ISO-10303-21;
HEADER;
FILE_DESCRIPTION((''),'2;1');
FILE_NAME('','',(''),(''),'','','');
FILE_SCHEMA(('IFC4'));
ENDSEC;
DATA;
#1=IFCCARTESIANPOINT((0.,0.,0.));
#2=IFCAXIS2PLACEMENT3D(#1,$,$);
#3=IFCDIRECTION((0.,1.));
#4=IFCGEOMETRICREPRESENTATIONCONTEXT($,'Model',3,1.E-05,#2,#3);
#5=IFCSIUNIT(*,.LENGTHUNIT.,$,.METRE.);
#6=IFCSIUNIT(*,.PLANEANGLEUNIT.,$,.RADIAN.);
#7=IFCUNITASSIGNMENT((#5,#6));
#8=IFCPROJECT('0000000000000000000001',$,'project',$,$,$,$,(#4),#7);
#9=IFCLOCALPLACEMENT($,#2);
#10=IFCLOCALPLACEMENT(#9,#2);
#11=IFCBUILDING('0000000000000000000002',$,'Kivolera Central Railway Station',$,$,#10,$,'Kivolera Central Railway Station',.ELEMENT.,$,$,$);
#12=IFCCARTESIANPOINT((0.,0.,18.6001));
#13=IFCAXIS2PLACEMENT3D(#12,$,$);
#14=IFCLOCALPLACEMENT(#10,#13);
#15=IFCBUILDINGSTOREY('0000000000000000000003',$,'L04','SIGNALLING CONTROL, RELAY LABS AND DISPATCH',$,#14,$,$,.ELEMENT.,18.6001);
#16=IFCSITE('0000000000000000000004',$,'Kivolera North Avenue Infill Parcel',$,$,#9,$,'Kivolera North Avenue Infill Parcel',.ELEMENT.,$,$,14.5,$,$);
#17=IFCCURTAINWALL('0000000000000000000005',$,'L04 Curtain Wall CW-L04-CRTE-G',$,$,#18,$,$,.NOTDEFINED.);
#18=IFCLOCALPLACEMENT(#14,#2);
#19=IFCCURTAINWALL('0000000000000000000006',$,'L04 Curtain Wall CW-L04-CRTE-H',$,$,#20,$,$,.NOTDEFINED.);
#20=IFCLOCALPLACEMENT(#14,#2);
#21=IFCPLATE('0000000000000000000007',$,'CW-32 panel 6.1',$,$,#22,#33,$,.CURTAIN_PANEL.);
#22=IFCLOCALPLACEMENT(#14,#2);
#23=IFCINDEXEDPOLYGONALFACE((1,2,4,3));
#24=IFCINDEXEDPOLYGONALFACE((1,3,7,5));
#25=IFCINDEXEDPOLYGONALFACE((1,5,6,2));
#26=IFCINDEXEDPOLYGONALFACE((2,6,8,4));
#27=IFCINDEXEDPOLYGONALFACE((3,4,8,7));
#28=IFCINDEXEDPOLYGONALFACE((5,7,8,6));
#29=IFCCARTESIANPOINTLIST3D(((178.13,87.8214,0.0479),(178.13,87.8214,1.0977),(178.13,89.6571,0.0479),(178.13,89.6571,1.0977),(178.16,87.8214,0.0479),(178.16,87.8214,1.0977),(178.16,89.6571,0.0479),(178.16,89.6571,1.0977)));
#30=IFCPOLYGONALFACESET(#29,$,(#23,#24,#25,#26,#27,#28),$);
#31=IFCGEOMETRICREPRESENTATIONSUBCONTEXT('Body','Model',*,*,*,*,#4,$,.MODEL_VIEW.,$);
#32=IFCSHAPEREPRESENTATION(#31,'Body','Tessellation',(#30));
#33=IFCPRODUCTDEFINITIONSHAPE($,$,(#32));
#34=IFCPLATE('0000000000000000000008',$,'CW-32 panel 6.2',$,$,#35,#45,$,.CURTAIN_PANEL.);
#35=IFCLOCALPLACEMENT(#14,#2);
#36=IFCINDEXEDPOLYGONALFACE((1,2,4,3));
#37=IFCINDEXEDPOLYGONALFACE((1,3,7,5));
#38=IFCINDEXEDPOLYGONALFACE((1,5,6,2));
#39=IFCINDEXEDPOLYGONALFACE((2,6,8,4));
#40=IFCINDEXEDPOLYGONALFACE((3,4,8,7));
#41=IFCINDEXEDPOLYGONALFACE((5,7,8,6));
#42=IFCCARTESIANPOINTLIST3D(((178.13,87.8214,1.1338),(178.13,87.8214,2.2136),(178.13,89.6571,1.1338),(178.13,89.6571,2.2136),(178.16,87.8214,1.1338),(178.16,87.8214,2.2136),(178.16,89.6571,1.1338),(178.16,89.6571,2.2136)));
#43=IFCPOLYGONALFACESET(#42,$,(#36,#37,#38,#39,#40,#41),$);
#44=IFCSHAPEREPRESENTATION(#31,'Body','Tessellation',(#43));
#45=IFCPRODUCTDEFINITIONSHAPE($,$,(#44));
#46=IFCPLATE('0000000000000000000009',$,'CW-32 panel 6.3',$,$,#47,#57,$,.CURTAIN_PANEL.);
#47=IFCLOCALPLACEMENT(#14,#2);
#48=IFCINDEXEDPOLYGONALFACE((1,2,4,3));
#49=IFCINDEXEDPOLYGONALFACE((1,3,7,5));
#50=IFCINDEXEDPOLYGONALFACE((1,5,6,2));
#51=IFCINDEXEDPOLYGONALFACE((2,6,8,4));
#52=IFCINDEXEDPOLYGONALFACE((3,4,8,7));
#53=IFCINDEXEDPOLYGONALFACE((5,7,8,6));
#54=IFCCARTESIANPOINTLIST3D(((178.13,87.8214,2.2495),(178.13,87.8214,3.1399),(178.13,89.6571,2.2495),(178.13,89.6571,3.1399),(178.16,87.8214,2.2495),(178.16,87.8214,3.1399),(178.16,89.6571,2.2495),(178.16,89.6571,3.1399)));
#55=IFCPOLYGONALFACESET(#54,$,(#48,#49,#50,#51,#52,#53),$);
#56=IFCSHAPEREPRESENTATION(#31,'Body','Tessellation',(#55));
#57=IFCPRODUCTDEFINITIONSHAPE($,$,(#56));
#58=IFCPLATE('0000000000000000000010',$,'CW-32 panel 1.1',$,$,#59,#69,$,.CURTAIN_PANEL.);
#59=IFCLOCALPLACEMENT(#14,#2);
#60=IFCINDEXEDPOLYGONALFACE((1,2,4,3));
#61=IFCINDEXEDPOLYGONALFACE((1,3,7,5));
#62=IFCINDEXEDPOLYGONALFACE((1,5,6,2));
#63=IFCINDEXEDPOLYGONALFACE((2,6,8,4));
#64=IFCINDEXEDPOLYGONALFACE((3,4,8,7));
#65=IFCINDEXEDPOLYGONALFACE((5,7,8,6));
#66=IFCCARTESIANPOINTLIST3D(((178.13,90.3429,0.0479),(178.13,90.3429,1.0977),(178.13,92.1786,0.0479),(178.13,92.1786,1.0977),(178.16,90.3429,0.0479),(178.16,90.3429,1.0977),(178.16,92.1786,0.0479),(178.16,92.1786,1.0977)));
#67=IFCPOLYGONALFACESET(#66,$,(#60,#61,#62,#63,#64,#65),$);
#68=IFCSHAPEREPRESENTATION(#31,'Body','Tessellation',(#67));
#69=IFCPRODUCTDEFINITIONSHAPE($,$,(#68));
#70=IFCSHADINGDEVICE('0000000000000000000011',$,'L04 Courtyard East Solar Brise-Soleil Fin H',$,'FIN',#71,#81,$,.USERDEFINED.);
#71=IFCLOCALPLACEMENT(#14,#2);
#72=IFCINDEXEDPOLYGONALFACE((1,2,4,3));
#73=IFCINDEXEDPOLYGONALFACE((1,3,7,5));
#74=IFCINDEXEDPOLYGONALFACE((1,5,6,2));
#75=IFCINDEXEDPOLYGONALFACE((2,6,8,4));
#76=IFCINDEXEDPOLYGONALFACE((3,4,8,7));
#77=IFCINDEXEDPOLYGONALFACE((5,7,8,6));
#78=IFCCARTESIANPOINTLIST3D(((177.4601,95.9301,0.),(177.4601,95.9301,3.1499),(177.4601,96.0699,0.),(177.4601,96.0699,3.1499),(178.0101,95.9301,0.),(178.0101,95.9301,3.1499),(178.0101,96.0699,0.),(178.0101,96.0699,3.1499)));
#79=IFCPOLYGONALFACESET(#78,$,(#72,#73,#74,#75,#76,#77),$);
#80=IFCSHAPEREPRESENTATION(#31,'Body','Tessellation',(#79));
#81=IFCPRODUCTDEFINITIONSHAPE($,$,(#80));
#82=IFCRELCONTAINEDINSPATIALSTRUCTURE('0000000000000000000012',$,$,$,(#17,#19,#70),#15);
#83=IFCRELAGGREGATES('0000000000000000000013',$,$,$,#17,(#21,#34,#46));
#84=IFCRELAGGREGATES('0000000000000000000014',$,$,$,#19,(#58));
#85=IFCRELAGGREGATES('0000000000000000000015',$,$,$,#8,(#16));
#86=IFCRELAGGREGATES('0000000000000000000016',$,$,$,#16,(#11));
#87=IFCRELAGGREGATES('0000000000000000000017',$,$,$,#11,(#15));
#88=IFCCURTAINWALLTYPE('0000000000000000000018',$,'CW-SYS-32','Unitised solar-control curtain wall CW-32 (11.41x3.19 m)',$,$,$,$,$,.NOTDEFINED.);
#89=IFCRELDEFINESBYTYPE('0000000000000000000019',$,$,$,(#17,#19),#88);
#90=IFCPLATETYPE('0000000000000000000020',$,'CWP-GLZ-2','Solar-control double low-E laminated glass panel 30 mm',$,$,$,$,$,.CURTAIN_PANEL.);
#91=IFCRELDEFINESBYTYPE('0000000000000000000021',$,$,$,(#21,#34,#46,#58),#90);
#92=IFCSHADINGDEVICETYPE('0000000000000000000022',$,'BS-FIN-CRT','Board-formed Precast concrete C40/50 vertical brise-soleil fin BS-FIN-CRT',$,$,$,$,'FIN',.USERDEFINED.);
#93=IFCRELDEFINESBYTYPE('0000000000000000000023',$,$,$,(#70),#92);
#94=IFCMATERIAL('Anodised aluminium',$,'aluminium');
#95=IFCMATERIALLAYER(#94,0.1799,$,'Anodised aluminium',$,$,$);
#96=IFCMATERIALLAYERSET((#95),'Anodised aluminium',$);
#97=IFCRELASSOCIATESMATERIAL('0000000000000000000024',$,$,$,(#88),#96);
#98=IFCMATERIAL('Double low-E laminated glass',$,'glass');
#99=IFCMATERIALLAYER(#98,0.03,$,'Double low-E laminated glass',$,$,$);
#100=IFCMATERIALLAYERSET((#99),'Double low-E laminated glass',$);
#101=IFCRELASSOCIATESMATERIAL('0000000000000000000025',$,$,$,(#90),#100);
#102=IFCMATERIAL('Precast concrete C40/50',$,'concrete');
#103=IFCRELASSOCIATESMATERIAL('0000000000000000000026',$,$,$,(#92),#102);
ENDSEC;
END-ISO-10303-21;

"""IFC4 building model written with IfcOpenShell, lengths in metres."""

from ifc_helpers import new_model, si_unit, direction, frame, origin, origin_2d, place, context, subcontext, project, spatial, rectangle, extrude, material, layer, layer_set, type_object, element, aggregate, save


model = new_model("IFC4")

# Units and contexts
model_context = context("Model", 3, precision=1e-05, world=origin(), true_north=direction((0.0, 1.0)))
body_context = subcontext(model_context, "Body", "Model", "MODEL_VIEW")
ifc_project = project(units=[si_unit("LENGTHUNIT", "METRE"), si_unit("PLANEANGLEUNIT", "RADIAN")], contexts=[model_context])

# Site, building, storey
site_placement = place(None, origin())
site = spatial("IfcSite", under=ifc_project, at=site_placement, Name="Kivolera North Avenue Infill Parcel", LongName="Kivolera North Avenue Infill Parcel", CompositionType="ELEMENT", RefElevation=14.5)
building_placement = place(site_placement, origin())
building = spatial("IfcBuilding", under=site, at=building_placement, Name="Kivolera Central Railway Station", LongName="Kivolera Central Railway Station", CompositionType="ELEMENT")
storey_placement = place(building_placement, frame((0.0, 0.0, 18.6001)))
storey = spatial("IfcBuildingStorey", under=building, at=storey_placement, Name="L04", Description="SIGNALLING CONTROL, RELAY LABS AND DISPATCH", CompositionType="ELEMENT", Elevation=18.6001)

# Curtain wall
ifc_material_1 = material(Name="Anodised aluminium", Category="aluminium")
ifc_layer_1 = layer(ifc_material_1, 0.1799, Name="Anodised aluminium")
ifc_layer_set_1 = layer_set([ifc_layer_1], Name="Anodised aluminium")
curtain_wall_type = type_object("IfcCurtainWallType", Name="CW-SYS-32", Description="Unitised solar-control curtain wall CW-32 (11.41x3.19 m)", PredefinedType="NOTDEFINED", material=ifc_layer_set_1)
curtain_wall_1_placement = place(storey_placement, origin())
curtain_wall_1 = element("IfcCurtainWall", 1, at=curtain_wall_1_placement, inside=storey, type_object=curtain_wall_type, Name="L04 Curtain Wall CW-L04-CRTE-G", PredefinedType="NOTDEFINED")

# Curtain wall
curtain_wall_2_placement = place(storey_placement, origin())
curtain_wall_2 = element("IfcCurtainWall", 2, at=curtain_wall_2_placement, inside=storey, type_object=curtain_wall_type, Name="L04 Curtain Wall CW-L04-CRTE-H", PredefinedType="NOTDEFINED")

# Plates
ifc_material_2 = material(Name="Double low-E laminated glass", Category="glass")
ifc_layer_2 = layer(ifc_material_2, 0.03, Name="Double low-E laminated glass")
ifc_layer_set_2 = layer_set([ifc_layer_2], Name="Double low-E laminated glass")
plate_type = type_object("IfcPlateType", Name="CWP-GLZ-2", Description="Solar-control double low-E laminated glass panel 30 mm", PredefinedType="CURTAIN_PANEL", material=ifc_layer_set_2)
plate_1_placement = place(storey_placement, frame((178.145, 88.7393, 0.0479), z_axis=(0.0, 0.0, 1.0), x_axis=(0.0, 1.0, 0.0)))
plate_1 = element("IfcPlate", 3, at=plate_1_placement, type_object=plate_type, Name="CW-32 panel 6.1", PredefinedType="CURTAIN_PANEL", context=body_context, shape_type="SweptSolid", body=[
    extrude(rectangle(XDim=1.8357, YDim=0.03, at=origin_2d()), origin(), (0.0, 0.0, 1.0), 1.0498),
])
plate_2_placement = place(storey_placement, frame((178.145, 88.7393, 1.1338), z_axis=(0.0, 0.0, 1.0), x_axis=(0.0, 1.0, 0.0)))
plate_2 = element("IfcPlate", 4, at=plate_2_placement, type_object=plate_type, Name="CW-32 panel 6.2", PredefinedType="CURTAIN_PANEL", context=body_context, shape_type="SweptSolid", body=[
    extrude(rectangle(XDim=1.8357, YDim=0.03, at=origin_2d()), origin(), (0.0, 0.0, 1.0), 1.0798),
])
plate_3_placement = place(storey_placement, frame((178.145, 88.7393, 2.2495), z_axis=(0.0, 0.0, 1.0), x_axis=(0.0, 1.0, 0.0)))
plate_3 = element("IfcPlate", 5, at=plate_3_placement, type_object=plate_type, Name="CW-32 panel 6.3", PredefinedType="CURTAIN_PANEL", context=body_context, shape_type="SweptSolid", body=[
    extrude(rectangle(XDim=1.8357, YDim=0.03, at=origin_2d()), origin(), (0.0, 0.0, 1.0), 0.8904),
])
aggregate(curtain_wall_1, [plate_1, plate_2, plate_3])
plate_4_placement = place(storey_placement, frame((178.145, 91.2607, 0.0479), z_axis=(0.0, 0.0, 1.0), x_axis=(0.0, 1.0, 0.0)))
plate_4 = element("IfcPlate", 6, at=plate_4_placement, type_object=plate_type, Name="CW-32 panel 1.1", PredefinedType="CURTAIN_PANEL", context=body_context, shape_type="SweptSolid", body=[
    extrude(rectangle(XDim=1.8357, YDim=0.03, at=origin_2d()), origin(), (0.0, 0.0, 1.0), 1.0498),
])
aggregate(curtain_wall_2, [plate_4])

# Shading device
ifc_material_3 = material(Name="Precast concrete C40/50", Category="concrete")
shading_device_type = type_object("IfcShadingDeviceType", Name="BS-FIN-CRT", Description="Board-formed Precast concrete C40/50 vertical brise-soleil fin BS-FIN-CRT", ElementType="FIN", PredefinedType="USERDEFINED", material=ifc_material_3)
shading_device_placement = place(storey_placement, frame((177.7351, 96.0, 0.0), z_axis=(0.0, 0.0, 1.0), x_axis=(1.0, 0.0, 0.0)))
element("IfcShadingDevice", 7, at=shading_device_placement, inside=storey, type_object=shading_device_type, Name="L04 Courtyard East Solar Brise-Soleil Fin H", ObjectType="FIN", PredefinedType="USERDEFINED", context=body_context, shape_type="SweptSolid", body=[
    extrude(rectangle(XDim=0.55, YDim=0.1399, at=origin_2d()), origin(), (0.0, 0.0, 1.0), 3.1499),
])

save(model, "model.ifc")
